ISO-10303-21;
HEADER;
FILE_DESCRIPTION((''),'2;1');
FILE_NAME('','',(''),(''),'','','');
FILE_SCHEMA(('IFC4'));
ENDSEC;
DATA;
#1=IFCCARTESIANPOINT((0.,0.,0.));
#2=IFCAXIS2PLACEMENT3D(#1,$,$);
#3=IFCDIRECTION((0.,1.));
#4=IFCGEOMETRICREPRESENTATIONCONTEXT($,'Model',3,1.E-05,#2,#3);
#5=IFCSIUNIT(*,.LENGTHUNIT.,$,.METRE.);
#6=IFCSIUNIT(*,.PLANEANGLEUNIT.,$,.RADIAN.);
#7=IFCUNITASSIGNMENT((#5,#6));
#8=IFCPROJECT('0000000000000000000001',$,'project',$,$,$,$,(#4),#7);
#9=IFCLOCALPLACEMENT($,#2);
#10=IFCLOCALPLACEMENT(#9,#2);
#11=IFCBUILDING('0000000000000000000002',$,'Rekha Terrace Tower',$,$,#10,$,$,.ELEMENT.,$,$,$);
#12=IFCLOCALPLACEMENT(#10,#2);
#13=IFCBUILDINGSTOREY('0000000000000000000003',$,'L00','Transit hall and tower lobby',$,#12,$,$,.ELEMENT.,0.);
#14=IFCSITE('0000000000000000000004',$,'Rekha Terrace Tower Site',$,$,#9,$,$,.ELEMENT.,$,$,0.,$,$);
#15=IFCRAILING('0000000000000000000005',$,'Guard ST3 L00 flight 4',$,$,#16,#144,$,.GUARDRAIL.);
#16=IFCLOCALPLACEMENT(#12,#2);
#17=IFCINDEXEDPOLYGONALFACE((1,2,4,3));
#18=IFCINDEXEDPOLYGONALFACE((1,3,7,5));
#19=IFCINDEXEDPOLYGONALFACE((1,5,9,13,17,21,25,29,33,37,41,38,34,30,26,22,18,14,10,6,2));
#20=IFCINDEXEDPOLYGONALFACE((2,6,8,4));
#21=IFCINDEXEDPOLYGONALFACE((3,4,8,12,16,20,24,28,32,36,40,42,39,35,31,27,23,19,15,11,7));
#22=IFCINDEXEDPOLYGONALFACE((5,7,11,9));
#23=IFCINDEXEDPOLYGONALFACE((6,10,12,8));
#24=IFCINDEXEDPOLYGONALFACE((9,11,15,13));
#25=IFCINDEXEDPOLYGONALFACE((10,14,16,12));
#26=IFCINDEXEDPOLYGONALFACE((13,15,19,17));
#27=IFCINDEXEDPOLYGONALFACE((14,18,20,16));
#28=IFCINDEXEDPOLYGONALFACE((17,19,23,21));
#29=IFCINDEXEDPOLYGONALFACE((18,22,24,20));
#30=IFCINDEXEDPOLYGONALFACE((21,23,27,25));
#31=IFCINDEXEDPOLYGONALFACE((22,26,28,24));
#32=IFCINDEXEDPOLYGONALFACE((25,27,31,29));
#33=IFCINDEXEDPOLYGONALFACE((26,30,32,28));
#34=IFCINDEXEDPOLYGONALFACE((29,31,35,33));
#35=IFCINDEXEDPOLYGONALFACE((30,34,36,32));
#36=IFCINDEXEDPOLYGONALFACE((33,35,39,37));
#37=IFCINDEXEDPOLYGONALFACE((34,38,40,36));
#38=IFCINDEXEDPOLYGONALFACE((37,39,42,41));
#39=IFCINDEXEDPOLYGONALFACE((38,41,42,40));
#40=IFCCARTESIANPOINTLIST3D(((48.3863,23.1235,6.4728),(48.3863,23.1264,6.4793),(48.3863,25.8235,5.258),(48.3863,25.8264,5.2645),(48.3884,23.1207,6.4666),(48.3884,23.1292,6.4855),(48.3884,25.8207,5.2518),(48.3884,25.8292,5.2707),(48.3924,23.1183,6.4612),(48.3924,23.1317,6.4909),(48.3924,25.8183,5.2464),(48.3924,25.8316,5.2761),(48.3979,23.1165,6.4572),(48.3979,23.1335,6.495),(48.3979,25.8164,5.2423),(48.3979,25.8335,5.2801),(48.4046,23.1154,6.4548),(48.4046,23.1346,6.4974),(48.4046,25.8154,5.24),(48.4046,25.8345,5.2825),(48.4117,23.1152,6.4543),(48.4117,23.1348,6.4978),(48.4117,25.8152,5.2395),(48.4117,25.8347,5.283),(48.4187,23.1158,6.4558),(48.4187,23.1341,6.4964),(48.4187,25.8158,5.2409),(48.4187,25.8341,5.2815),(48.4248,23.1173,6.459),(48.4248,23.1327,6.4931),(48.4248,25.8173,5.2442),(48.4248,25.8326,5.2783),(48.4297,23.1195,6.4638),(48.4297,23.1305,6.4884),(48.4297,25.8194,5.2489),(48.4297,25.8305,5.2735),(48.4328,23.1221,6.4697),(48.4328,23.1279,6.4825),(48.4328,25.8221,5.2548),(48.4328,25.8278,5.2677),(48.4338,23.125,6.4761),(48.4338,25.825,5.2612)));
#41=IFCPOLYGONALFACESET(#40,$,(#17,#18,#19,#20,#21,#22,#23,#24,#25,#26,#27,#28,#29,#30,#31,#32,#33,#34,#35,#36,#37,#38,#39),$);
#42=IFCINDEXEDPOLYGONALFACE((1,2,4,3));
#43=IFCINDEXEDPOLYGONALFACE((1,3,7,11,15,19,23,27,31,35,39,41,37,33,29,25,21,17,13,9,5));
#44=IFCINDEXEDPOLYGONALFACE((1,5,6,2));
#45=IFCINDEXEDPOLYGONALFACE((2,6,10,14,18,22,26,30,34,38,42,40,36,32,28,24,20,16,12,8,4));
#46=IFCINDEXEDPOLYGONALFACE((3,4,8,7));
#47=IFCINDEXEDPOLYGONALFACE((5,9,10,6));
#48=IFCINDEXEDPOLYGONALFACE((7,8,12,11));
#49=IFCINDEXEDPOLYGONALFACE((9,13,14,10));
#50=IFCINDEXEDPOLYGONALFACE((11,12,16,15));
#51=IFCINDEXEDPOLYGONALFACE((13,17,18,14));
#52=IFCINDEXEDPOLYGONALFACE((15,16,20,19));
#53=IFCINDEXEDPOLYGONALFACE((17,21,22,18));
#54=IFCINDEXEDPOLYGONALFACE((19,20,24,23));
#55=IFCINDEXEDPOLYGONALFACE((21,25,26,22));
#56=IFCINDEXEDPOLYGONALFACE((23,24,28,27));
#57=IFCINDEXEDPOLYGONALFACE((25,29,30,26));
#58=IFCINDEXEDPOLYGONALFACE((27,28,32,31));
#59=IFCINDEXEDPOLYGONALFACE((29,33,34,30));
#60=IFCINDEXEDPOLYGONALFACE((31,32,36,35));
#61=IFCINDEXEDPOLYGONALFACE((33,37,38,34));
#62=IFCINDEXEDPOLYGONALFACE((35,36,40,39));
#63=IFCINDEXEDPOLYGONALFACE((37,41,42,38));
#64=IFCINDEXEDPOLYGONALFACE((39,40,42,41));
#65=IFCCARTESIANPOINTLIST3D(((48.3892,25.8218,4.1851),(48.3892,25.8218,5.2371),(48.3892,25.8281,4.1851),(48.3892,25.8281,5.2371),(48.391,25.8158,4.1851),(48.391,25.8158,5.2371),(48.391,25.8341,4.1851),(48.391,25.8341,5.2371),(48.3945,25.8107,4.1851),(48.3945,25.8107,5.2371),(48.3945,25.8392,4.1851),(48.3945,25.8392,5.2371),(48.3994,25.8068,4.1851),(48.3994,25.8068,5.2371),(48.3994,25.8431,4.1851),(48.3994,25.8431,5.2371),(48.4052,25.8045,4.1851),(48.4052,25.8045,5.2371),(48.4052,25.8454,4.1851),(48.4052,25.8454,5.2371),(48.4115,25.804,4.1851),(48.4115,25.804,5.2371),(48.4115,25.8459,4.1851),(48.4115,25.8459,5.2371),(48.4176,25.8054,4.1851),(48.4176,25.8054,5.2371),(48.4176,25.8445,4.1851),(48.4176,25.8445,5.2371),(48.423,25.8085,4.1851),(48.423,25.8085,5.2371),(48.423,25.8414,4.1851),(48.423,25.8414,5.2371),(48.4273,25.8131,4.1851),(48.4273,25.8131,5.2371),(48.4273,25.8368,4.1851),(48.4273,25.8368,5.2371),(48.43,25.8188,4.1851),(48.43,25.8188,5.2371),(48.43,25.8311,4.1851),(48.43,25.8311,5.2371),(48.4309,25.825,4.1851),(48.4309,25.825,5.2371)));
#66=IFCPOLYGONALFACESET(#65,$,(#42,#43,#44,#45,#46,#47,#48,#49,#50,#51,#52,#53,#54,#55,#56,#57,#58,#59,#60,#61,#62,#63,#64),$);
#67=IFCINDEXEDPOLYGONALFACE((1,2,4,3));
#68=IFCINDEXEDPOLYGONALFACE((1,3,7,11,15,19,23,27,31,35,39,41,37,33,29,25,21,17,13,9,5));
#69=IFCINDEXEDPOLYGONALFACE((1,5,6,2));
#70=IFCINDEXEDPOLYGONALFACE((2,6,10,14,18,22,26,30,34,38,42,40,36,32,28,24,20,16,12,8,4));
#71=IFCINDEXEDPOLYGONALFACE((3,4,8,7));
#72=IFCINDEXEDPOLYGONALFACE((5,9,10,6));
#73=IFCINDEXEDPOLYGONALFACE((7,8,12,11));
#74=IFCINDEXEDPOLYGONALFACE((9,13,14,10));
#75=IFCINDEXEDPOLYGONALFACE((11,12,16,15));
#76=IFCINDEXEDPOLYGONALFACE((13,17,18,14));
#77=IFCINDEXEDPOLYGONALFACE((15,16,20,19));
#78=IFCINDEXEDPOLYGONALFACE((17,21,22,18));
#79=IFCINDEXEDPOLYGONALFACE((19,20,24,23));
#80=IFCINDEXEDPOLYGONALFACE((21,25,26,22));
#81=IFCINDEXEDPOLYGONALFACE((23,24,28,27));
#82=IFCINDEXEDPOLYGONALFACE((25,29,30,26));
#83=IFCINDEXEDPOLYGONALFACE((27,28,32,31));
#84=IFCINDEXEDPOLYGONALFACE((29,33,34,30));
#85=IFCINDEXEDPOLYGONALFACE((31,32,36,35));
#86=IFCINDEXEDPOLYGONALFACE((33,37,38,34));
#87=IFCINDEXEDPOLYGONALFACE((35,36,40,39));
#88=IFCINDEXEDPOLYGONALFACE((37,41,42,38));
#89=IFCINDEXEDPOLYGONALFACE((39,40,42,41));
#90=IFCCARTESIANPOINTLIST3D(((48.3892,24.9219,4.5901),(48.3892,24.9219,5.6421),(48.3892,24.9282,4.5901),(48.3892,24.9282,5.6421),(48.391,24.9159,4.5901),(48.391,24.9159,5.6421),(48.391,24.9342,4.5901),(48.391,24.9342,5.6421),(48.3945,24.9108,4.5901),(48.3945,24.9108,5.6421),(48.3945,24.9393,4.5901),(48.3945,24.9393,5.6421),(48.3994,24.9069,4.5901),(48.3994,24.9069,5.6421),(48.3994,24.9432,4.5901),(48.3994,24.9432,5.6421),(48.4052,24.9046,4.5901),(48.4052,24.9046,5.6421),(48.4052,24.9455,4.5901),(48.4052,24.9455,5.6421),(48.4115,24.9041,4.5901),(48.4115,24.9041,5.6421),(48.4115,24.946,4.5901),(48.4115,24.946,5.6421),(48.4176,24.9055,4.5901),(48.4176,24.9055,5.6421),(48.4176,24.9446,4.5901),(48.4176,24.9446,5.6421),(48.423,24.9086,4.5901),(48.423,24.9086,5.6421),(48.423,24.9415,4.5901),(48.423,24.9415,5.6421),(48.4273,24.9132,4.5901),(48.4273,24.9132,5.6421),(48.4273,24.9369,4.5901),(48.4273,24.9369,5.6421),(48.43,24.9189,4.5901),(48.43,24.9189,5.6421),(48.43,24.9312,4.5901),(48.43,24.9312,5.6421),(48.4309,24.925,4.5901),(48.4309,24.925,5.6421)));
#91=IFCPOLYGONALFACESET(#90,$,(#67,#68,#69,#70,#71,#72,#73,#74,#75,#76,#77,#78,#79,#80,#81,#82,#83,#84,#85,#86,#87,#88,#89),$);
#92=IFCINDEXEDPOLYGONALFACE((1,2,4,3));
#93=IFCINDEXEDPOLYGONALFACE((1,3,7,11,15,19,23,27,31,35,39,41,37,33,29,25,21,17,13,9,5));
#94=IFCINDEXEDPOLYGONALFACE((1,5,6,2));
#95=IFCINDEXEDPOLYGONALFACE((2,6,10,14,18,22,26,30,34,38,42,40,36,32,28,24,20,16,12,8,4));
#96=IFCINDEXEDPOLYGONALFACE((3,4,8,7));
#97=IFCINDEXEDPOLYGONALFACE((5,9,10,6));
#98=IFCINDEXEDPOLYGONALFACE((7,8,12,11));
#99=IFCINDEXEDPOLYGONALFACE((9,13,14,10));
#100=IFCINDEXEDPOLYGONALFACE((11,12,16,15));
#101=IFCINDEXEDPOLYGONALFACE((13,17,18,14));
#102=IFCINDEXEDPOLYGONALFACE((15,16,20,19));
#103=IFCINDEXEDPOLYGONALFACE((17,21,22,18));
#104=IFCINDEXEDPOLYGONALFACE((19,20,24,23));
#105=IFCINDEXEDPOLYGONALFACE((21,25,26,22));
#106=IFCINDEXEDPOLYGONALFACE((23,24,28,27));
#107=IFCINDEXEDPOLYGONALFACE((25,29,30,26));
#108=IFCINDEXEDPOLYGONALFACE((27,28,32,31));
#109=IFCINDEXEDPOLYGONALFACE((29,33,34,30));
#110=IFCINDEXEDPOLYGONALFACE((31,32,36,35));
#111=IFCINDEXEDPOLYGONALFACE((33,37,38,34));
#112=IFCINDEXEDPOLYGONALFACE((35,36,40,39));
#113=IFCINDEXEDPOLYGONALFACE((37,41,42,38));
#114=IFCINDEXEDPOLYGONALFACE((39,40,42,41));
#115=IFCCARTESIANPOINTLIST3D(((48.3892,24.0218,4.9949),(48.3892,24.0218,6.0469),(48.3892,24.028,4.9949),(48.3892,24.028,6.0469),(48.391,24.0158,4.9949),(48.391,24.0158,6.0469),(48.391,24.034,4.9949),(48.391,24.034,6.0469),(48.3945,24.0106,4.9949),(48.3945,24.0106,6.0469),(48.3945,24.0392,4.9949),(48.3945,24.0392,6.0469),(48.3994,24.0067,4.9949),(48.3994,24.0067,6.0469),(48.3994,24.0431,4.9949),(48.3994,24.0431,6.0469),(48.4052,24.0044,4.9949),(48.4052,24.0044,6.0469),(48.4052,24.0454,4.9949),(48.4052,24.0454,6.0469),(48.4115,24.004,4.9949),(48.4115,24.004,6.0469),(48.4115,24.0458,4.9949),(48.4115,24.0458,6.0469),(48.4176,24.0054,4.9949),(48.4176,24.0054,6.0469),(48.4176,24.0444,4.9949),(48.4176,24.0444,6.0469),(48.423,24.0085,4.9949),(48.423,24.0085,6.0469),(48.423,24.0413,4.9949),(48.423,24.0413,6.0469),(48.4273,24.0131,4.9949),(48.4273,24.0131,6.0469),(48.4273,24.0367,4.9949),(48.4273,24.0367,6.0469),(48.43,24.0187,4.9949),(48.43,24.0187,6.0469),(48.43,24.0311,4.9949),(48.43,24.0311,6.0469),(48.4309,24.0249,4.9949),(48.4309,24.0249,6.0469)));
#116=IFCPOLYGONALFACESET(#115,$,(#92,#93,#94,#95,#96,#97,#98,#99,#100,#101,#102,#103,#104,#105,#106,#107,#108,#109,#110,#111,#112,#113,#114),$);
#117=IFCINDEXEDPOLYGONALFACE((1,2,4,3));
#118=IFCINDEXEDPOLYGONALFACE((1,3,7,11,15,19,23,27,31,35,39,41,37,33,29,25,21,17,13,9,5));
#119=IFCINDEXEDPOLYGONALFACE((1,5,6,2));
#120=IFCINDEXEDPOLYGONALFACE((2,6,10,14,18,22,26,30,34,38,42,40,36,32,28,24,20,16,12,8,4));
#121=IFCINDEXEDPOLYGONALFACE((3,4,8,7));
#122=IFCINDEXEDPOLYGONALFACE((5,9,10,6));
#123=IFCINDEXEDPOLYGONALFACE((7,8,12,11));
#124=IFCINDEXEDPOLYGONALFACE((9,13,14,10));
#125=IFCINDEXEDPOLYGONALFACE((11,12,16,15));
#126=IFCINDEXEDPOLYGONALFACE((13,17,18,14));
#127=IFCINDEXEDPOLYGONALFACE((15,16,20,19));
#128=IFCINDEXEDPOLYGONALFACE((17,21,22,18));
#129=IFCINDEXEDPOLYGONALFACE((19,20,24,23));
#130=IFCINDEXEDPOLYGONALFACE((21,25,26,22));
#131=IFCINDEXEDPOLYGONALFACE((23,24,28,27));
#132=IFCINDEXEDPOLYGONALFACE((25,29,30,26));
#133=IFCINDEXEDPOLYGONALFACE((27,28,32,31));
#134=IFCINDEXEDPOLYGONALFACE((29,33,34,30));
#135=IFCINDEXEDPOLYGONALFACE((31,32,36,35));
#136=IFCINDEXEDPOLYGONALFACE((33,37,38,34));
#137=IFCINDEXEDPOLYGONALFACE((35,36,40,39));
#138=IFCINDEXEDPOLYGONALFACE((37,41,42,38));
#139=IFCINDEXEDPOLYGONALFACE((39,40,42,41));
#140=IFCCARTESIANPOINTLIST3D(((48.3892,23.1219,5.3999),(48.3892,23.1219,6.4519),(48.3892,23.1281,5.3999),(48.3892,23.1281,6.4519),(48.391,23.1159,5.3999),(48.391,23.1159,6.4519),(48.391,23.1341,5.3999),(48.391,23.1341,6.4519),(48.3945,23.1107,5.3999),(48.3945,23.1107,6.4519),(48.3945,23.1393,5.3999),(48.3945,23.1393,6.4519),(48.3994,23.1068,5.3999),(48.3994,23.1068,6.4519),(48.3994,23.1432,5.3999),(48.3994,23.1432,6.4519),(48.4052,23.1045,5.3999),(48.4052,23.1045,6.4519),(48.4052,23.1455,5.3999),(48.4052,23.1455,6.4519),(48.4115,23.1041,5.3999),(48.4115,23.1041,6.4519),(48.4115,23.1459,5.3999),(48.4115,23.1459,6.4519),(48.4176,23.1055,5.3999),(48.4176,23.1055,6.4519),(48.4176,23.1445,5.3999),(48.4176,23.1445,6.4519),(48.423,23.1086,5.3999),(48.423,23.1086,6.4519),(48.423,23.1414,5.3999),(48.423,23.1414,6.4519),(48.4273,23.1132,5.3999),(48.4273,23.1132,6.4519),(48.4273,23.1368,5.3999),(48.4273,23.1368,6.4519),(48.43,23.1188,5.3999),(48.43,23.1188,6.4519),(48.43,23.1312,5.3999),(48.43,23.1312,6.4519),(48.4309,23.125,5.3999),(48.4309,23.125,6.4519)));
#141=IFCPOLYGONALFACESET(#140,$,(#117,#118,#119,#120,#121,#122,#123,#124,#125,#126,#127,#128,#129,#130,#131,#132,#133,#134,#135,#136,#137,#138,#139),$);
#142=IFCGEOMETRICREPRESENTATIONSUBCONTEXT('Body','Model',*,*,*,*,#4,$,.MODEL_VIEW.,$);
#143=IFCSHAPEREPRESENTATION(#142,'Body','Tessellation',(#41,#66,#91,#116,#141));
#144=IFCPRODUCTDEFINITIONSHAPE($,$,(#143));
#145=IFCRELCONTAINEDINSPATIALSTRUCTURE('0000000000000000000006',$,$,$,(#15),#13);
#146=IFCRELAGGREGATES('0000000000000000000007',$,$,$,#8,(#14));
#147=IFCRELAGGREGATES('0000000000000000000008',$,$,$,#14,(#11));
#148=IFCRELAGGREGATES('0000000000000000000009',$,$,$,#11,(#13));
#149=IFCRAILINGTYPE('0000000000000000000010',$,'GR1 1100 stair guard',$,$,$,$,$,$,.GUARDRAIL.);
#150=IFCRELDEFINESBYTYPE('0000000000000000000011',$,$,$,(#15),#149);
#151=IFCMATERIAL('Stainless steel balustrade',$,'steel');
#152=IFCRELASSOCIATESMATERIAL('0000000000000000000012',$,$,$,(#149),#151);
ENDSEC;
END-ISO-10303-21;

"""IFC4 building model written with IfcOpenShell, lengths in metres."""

from ifc_helpers import new_model, si_unit, direction, frame, origin, origin_2d, place, context, subcontext, project, spatial, circle, extrude, material, type_object, element, save


model = new_model("IFC4")

# Units and contexts
model_context = context("Model", 3, precision=1e-05, world=origin(), true_north=direction((0.0, 1.0)))
body_context = subcontext(model_context, "Body", "Model", "MODEL_VIEW")
ifc_project = project(units=[si_unit("LENGTHUNIT", "METRE"), si_unit("PLANEANGLEUNIT", "RADIAN")], contexts=[model_context])

# Site, building, storey
site_placement = place(None, origin())
site = spatial("IfcSite", under=ifc_project, at=site_placement, Name="Rekha Terrace Tower Site", CompositionType="ELEMENT", RefElevation=0.0)
building_placement = place(site_placement, origin())
building = spatial("IfcBuilding", under=site, at=building_placement, Name="Rekha Terrace Tower", CompositionType="ELEMENT")
storey_placement = place(building_placement, origin())
storey = spatial("IfcBuildingStorey", under=building, at=storey_placement, Name="L00", Description="Transit hall and tower lobby", CompositionType="ELEMENT", Elevation=0.0)

# Railing
ifc_material_1 = material(Name="Stainless steel balustrade", Category="steel")
railing_type_1 = type_object("IfcRailingType", Name="GR1 1100 stair guard", PredefinedType="GUARDRAIL", material=ifc_material_1)
railing_1_placement = place(storey_placement, frame((48.4099, 25.825, 4.1851)))
element("IfcRailing", 1, at=railing_1_placement, inside=storey, type_object=railing_type_1, Name="Guard ST3 L00 flight 4", PredefinedType="GUARDRAIL", context=body_context, shape_type="SweptSolid", body=[
    extrude(circle(Radius=0.0239, at=origin_2d()), frame((0.0, 0.0, 1.0762), z_axis=(0.0, -0.911938, 0.410327), x_axis=(1.0, 0.0, 0.0)), (0.0, 0.0, 1.0), 2.9607),
    extrude(circle(Radius=0.021, at=origin_2d()), origin(), (0.0, 0.0, 1.0), 1.052),
    extrude(circle(Radius=0.021, at=origin_2d()), frame((0.0, -0.8999, 0.405)), (0.0, 0.0, 1.0), 1.052),
    extrude(circle(Radius=0.021, at=origin_2d()), frame((0.0, -1.8, 0.8098)), (0.0, 0.0, 1.0), 1.052),
    extrude(circle(Radius=0.021, at=origin_2d()), frame((0.0, -2.7, 1.2148)), (0.0, 0.0, 1.0), 1.052),
])

save(model, "model.ifc")
